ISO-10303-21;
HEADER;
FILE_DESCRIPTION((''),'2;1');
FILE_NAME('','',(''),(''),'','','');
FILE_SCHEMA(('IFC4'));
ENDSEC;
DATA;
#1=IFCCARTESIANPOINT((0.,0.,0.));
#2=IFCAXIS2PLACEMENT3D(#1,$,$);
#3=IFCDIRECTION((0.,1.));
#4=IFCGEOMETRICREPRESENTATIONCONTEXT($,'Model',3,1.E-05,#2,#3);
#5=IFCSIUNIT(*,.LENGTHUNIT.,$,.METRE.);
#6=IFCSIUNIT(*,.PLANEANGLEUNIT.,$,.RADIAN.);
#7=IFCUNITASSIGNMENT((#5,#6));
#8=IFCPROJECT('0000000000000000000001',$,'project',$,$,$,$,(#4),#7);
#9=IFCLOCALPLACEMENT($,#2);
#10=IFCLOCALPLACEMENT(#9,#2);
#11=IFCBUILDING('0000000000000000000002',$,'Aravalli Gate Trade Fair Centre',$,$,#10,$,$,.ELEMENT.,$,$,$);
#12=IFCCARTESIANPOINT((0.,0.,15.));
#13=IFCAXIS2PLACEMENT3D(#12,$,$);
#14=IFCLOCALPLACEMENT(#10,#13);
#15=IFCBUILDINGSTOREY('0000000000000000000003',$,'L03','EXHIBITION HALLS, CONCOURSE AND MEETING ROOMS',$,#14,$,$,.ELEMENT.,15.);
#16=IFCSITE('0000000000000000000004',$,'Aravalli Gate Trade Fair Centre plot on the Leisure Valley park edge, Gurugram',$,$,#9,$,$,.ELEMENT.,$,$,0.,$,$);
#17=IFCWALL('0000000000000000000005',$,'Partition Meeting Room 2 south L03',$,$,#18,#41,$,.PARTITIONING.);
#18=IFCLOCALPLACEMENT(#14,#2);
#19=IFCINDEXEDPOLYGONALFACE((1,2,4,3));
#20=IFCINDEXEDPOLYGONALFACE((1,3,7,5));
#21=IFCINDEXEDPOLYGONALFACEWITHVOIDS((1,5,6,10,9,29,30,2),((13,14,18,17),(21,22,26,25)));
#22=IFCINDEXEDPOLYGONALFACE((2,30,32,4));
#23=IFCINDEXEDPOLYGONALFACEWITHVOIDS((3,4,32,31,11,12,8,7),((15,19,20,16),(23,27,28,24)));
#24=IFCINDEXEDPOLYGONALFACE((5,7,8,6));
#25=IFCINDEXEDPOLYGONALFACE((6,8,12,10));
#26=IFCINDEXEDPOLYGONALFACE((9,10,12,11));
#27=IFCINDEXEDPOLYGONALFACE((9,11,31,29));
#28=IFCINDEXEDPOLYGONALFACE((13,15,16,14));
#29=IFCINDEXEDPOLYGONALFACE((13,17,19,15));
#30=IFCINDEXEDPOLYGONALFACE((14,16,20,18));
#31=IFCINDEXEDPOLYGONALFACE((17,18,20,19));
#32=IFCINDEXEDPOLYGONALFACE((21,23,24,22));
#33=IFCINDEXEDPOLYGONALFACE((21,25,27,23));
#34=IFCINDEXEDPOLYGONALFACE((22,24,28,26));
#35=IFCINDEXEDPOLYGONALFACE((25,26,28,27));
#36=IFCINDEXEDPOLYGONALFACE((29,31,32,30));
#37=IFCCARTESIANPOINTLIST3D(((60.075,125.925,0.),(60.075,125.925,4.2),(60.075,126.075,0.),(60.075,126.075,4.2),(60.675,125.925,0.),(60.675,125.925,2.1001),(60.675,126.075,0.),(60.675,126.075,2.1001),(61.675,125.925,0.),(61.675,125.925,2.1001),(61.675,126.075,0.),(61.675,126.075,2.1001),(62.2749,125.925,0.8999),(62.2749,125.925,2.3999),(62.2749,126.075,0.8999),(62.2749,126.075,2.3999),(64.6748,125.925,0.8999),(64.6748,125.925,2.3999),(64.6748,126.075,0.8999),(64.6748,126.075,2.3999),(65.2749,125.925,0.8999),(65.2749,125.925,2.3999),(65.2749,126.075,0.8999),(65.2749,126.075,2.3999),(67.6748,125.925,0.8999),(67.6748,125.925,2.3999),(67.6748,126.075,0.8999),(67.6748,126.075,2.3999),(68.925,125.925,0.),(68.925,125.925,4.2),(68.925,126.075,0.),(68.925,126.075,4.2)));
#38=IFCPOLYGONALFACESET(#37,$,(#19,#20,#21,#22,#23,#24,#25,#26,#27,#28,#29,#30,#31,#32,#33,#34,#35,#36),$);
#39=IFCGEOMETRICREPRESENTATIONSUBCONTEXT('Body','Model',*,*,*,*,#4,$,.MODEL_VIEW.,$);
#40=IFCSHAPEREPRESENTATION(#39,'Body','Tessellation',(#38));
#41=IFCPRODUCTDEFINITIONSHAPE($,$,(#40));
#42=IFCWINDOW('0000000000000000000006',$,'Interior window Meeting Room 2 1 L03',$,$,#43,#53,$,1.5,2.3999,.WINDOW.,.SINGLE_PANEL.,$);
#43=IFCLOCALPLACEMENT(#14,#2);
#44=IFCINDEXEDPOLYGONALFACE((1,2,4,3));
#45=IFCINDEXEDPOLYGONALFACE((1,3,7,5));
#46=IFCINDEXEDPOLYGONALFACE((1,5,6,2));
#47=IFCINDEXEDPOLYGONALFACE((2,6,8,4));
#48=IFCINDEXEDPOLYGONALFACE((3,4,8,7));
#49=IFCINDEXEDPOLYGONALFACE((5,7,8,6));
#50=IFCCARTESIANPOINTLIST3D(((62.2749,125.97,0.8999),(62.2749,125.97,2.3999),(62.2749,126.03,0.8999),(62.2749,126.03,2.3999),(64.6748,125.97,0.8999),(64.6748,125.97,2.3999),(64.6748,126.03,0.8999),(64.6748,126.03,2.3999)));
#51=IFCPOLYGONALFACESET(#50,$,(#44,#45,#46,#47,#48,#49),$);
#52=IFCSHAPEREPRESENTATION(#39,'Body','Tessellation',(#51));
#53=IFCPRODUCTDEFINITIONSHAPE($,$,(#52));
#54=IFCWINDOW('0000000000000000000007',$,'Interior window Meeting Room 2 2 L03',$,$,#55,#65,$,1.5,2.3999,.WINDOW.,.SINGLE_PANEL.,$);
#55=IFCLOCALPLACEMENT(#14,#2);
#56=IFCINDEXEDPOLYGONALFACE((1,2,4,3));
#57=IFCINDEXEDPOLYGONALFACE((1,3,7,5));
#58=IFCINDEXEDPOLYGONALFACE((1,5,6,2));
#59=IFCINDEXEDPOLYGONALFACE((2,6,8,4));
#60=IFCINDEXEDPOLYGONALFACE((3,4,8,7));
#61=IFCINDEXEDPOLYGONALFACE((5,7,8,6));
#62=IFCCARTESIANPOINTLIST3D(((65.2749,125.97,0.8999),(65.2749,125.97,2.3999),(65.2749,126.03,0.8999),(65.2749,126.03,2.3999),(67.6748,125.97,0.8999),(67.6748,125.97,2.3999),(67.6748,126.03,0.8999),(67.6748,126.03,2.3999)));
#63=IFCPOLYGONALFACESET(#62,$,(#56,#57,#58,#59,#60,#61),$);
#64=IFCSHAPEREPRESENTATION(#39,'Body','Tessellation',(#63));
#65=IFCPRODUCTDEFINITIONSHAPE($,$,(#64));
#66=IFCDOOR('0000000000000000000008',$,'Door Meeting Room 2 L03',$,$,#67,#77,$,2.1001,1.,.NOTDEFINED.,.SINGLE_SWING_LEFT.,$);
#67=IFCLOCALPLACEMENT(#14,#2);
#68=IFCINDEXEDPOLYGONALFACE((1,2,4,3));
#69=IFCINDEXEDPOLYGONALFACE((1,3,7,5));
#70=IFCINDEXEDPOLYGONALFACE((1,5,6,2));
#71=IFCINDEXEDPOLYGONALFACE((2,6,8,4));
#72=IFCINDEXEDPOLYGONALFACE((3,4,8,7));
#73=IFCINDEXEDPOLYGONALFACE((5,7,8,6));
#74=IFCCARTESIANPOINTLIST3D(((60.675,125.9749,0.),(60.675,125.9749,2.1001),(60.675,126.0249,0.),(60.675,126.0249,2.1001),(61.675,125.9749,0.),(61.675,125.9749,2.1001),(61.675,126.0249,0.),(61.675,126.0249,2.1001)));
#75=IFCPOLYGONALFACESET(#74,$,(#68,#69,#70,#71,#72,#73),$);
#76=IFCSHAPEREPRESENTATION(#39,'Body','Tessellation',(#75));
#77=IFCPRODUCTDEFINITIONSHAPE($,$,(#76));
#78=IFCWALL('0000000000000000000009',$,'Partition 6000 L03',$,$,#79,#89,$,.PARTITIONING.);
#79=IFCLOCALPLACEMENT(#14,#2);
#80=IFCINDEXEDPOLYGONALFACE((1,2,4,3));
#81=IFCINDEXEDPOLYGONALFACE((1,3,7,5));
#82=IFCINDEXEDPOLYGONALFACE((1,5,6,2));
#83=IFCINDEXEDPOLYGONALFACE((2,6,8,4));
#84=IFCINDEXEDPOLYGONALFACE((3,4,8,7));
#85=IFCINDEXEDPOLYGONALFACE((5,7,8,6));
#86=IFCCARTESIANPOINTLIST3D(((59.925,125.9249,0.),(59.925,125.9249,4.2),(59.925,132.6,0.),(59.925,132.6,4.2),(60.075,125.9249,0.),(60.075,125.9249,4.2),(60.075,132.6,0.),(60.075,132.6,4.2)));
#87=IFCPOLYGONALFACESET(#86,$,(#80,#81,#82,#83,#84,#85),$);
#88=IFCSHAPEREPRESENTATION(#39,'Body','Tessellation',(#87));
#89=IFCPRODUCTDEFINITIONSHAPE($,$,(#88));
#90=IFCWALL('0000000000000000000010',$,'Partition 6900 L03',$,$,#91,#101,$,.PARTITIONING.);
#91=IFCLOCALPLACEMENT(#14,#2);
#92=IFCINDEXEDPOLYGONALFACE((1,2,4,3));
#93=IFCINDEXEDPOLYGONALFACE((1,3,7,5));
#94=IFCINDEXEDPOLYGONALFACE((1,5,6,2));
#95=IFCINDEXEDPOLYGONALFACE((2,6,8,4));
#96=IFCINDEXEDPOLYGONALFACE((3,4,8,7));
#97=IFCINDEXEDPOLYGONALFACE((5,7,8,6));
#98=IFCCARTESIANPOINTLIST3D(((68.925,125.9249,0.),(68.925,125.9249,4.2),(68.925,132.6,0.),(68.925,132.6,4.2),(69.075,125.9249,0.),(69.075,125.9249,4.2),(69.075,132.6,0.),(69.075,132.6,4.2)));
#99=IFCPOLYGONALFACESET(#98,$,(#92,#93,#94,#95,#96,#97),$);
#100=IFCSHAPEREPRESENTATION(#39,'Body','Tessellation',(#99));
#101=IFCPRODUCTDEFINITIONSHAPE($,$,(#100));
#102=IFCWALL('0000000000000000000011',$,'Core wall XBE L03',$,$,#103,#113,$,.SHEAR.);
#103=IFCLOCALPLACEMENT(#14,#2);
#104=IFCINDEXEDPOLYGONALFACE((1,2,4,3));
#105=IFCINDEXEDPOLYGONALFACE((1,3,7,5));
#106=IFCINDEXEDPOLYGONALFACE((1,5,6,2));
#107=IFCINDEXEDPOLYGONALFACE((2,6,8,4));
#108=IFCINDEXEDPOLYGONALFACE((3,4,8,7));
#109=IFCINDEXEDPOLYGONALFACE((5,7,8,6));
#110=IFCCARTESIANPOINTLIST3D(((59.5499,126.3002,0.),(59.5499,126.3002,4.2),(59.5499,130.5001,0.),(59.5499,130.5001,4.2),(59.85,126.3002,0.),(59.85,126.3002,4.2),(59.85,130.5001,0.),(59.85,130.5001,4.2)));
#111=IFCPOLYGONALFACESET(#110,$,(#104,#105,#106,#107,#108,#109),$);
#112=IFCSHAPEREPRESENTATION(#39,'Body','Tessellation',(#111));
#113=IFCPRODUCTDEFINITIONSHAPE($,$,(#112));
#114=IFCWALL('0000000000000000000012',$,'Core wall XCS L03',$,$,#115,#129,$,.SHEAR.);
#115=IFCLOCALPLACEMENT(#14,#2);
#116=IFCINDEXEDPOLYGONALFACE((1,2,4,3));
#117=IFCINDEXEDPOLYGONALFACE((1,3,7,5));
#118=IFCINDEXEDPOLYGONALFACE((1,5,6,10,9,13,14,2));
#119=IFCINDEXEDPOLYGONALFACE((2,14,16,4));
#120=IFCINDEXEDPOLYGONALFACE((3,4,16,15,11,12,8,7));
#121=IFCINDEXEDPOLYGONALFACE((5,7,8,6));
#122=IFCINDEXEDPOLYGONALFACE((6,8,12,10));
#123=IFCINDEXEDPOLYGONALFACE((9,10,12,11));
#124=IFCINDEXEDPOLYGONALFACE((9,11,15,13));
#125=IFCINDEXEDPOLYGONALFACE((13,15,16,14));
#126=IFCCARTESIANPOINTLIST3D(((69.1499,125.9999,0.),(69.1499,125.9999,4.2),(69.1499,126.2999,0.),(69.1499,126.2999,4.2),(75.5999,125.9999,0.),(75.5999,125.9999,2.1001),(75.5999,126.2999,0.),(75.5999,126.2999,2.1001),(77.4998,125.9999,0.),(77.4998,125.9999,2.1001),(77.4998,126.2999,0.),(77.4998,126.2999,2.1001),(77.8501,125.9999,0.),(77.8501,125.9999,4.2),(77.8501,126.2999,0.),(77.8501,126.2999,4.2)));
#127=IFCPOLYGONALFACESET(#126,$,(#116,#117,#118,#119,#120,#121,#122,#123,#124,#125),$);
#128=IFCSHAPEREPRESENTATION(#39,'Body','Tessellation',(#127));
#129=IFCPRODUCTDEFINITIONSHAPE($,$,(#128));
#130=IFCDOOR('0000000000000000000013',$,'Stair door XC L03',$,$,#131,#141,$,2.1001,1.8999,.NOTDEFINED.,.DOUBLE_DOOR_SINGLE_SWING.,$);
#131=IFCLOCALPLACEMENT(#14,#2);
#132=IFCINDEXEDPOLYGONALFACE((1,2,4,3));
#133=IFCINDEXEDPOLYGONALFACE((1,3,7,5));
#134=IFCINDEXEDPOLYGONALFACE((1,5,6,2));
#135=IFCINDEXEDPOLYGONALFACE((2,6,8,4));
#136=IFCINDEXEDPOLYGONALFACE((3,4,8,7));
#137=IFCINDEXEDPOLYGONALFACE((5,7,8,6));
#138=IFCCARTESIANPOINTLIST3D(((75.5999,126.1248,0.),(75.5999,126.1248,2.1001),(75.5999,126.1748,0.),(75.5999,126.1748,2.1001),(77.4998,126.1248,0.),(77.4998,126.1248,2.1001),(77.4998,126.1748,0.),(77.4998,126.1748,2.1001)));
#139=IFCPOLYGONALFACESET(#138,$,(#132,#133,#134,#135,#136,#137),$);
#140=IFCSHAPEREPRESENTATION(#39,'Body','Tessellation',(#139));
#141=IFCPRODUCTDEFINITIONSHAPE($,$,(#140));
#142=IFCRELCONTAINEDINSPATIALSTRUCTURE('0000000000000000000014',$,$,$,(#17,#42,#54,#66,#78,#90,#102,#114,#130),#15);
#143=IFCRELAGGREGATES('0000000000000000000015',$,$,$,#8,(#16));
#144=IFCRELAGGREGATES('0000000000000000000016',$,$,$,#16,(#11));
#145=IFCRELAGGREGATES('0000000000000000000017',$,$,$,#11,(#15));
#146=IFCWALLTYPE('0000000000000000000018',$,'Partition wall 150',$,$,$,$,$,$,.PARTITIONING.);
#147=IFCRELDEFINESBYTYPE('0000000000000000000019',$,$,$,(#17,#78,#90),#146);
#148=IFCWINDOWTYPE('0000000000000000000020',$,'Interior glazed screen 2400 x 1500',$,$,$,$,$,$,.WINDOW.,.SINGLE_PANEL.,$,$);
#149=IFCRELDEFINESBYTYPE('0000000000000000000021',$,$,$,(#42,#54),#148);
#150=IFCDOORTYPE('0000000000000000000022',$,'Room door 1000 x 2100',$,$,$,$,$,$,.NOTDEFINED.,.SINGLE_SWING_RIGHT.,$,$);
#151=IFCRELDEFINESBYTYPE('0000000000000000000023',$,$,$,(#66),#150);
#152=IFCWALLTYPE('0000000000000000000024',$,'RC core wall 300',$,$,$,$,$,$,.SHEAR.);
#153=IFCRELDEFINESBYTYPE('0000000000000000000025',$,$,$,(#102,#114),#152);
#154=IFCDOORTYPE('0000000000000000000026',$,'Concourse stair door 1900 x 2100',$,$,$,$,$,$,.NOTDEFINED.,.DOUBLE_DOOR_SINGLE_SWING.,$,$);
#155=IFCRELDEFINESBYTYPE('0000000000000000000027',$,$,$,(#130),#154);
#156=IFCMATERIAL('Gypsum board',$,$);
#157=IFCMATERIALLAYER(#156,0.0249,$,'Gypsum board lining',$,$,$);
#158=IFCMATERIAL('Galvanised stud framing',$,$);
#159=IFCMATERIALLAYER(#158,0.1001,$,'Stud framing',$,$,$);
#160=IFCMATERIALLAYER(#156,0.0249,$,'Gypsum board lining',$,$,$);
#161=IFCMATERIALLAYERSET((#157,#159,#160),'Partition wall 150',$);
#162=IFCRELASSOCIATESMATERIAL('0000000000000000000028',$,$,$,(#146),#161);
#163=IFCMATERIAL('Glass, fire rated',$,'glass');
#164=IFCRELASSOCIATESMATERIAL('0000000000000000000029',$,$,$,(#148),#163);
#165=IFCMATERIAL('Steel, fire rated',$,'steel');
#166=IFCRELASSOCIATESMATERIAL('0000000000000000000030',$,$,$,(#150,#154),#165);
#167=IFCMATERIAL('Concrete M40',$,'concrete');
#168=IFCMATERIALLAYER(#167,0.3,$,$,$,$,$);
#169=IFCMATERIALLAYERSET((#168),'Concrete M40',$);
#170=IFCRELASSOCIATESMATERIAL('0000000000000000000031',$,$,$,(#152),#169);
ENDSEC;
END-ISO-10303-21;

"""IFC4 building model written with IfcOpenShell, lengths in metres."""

from ifc_helpers import new_model, si_unit, direction, frame, frame_2d, origin, place, context, subcontext, project, spatial, rectangle, extrude, material, layer, layer_set, type_object, element, fill, save


model = new_model("IFC4")

# Units and contexts
model_context = context("Model", 3, precision=1e-05, world=origin(), true_north=direction((0.0, 1.0)))
body_context = subcontext(model_context, "Body", "Model", "MODEL_VIEW")
ifc_project = project(units=[si_unit("LENGTHUNIT", "METRE"), si_unit("PLANEANGLEUNIT", "RADIAN")], contexts=[model_context])

# Site, building, storey
site_placement = place(None, origin())
site = spatial("IfcSite", under=ifc_project, at=site_placement, Name="Aravalli Gate Trade Fair Centre plot on the Leisure Valley park edge, Gurugram", CompositionType="ELEMENT", RefElevation=0.0)
building_placement = place(site_placement, origin())
building = spatial("IfcBuilding", under=site, at=building_placement, Name="Aravalli Gate Trade Fair Centre", CompositionType="ELEMENT")
storey_placement = place(building_placement, frame((0.0, 0.0, 15.0)))
storey = spatial("IfcBuildingStorey", under=building, at=storey_placement, Name="L03", Description="EXHIBITION HALLS, CONCOURSE AND MEETING ROOMS", CompositionType="ELEMENT", Elevation=15.0)

# Shared definitions
ifc_material_1 = material(Name="Concrete M40", Category="concrete")

# Wall, openings, windows, door
ifc_material_2 = material(Name="Gypsum board")
ifc_layer_1 = layer(ifc_material_2, 0.0249, Name="Gypsum board lining")
ifc_material_3 = material(Name="Galvanised stud framing")
ifc_layer_2 = layer(ifc_material_3, 0.1001, Name="Stud framing")
ifc_layer_3 = layer(ifc_material_2, 0.0249, Name="Gypsum board lining")
ifc_layer_set_1 = layer_set([ifc_layer_1, ifc_layer_2, ifc_layer_3], Name="Partition wall 150")
wall_type_1 = type_object("IfcWallType", Name="Partition wall 150", PredefinedType="PARTITIONING", material=ifc_layer_set_1)
wall_1_placement = place(storey_placement, frame((60.075, 126.0, 0.0), z_axis=(0.0, 0.0, 1.0), x_axis=(1.0, 0.0, 0.0)))
wall_1 = element("IfcWall", 1, at=wall_1_placement, inside=storey, type_object=wall_type_1, Name="Partition Meeting Room 2 south L03", PredefinedType="PARTITIONING", context=body_context, shape_type="SweptSolid", body=[
    extrude(rectangle(XDim=8.8501, YDim=0.1499, at=frame_2d((4.425, 0.0))), origin(), (0.0, 0.0, 1.0), 4.2),
])
opening_1_placement = place(wall_1_placement, frame((0.6001, 0.0, 0.0)))
opening_1 = element("IfcOpeningElement", 2, at=opening_1_placement, cuts=wall_1, PredefinedType="OPENING", context=body_context, shape_type="SweptSolid", body=[
    extrude(rectangle(XDim=1.0, YDim=2.1001, at=frame_2d((0.5, 1.05))), frame((0.0, 0.085, 0.0), z_axis=(0.0, -1.0, 0.0), x_axis=(1.0, 0.0, 0.0)), (0.0, 0.0, 1.0), 0.1699),
])
opening_2_placement = place(wall_1_placement, frame((2.2, 0.0, 0.8999)))
opening_2 = element("IfcOpeningElement", 3, at=opening_2_placement, cuts=wall_1, PredefinedType="OPENING", context=body_context, shape_type="SweptSolid", body=[
    extrude(rectangle(XDim=2.3999, YDim=1.5, at=frame_2d((1.2, 0.75))), frame((0.0, 0.085, 0.0), z_axis=(0.0, -1.0, 0.0), x_axis=(1.0, 0.0, 0.0)), (0.0, 0.0, 1.0), 0.1699),
])
opening_3_placement = place(wall_1_placement, frame((5.2, 0.0, 0.8999)))
opening_3 = element("IfcOpeningElement", 4, at=opening_3_placement, cuts=wall_1, PredefinedType="OPENING", context=body_context, shape_type="SweptSolid", body=[
    extrude(rectangle(XDim=2.3999, YDim=1.5, at=frame_2d((1.2, 0.75))), frame((0.0, 0.085, 0.0), z_axis=(0.0, -1.0, 0.0), x_axis=(1.0, 0.0, 0.0)), (0.0, 0.0, 1.0), 0.1699),
])
ifc_material_4 = material(Name="Glass, fire rated", Category="glass")
window_type = type_object("IfcWindowType", Name="Interior glazed screen 2400 x 1500", PartitioningType="SINGLE_PANEL", PredefinedType="WINDOW", material=ifc_material_4)
window_1_placement = place(opening_2_placement, origin())
window_1 = element("IfcWindow", 5, at=window_1_placement, inside=storey, type_object=window_type, Name="Interior window Meeting Room 2 1 L03", OverallHeight=1.5, OverallWidth=2.3999, PartitioningType="SINGLE_PANEL", PredefinedType="WINDOW", context=body_context, shape_type="SweptSolid", body=[
    extrude(rectangle(XDim=2.3999, YDim=1.5, at=frame_2d((1.2, 0.75))), frame((0.0, 0.03, 0.0), z_axis=(0.0, -1.0, 0.0), x_axis=(1.0, 0.0, 0.0)), (0.0, 0.0, 1.0), 0.0601),
])
fill(opening_2, window_1)
window_2_placement = place(opening_3_placement, origin())
window_2 = element("IfcWindow", 6, at=window_2_placement, inside=storey, type_object=window_type, Name="Interior window Meeting Room 2 2 L03", OverallHeight=1.5, OverallWidth=2.3999, PartitioningType="SINGLE_PANEL", PredefinedType="WINDOW", context=body_context, shape_type="SweptSolid", body=[
    extrude(rectangle(XDim=2.3999, YDim=1.5, at=frame_2d((1.2, 0.75))), frame((0.0, 0.03, 0.0), z_axis=(0.0, -1.0, 0.0), x_axis=(1.0, 0.0, 0.0)), (0.0, 0.0, 1.0), 0.0601),
])
fill(opening_3, window_2)
ifc_material_5 = material(Name="Steel, fire rated", Category="steel")
door_type_1 = type_object("IfcDoorType", Name="Room door 1000 x 2100", OperationType="SINGLE_SWING_RIGHT", PredefinedType="NOTDEFINED", material=ifc_material_5)
door_1_placement = place(opening_1_placement, origin())
door_1 = element("IfcDoor", 7, at=door_1_placement, inside=storey, type_object=door_type_1, Name="Door Meeting Room 2 L03", OperationType="SINGLE_SWING_LEFT", OverallHeight=2.1001, OverallWidth=1.0, PredefinedType="NOTDEFINED", context=body_context, shape_type="SweptSolid", body=[
    extrude(rectangle(XDim=1.0, YDim=2.1001, at=frame_2d((0.5, 1.05))), frame((0.0, 0.0249, 0.0), z_axis=(0.0, -1.0, 0.0), x_axis=(1.0, 0.0, 0.0)), (0.0, 0.0, 1.0), 0.05),
])
fill(opening_1, door_1)

# Walls
for number, where, z_axis, x_axis, name in (
    (8, (60.0, 125.925, 0.0), (0.0, 0.0, 1.0), (0.0, 1.0, 0.0), "Partition 6000 L03"),
    (9, (69.0, 125.925, 0.0), (0.0, 0.0, 1.0), (0.0, 1.0, 0.0), "Partition 6900 L03"),
):
    element("IfcWall", number, at=place(storey_placement, frame(where, z_axis=z_axis, x_axis=x_axis)), inside=storey, type_object=wall_type_1, Name=name, PredefinedType="PARTITIONING", context=body_context, shape_type="SweptSolid", body=[
        extrude(rectangle(XDim=6.675, YDim=0.1499, at=frame_2d((3.3374, 0.0))), origin(), (0.0, 0.0, 1.0), 4.2),
    ])
ifc_layer_4 = layer(ifc_material_1, 0.3)
ifc_layer_set_2 = layer_set([ifc_layer_4], Name="Concrete M40")
wall_type_2 = type_object("IfcWallType", Name="RC core wall 300", PredefinedType="SHEAR", material=ifc_layer_set_2)
wall_2_placement = place(storey_placement, frame((59.7, 126.3, 0.0), z_axis=(0.0, 0.0, 1.0), x_axis=(0.0, 1.0, 0.0)))
element("IfcWall", 10, at=wall_2_placement, inside=storey, type_object=wall_type_2, Name="Core wall XBE L03", PredefinedType="SHEAR", context=body_context, shape_type="SweptSolid", body=[
    extrude(rectangle(XDim=4.2, YDim=0.3, at=frame_2d((2.1001, 0.0))), origin(), (0.0, 0.0, 1.0), 4.2),
])

# Wall, opening, door
wall_3_placement = place(storey_placement, frame((69.1499, 126.1499, 0.0), z_axis=(0.0, 0.0, 1.0), x_axis=(1.0, 0.0, 0.0)))
wall_3 = element("IfcWall", 11, at=wall_3_placement, inside=storey, type_object=wall_type_2, Name="Core wall XCS L03", PredefinedType="SHEAR", context=body_context, shape_type="SweptSolid", body=[
    extrude(rectangle(XDim=8.7002, YDim=0.3, at=frame_2d((4.3501, 0.0))), origin(), (0.0, 0.0, 1.0), 4.2),
])
opening_4_placement = place(wall_3_placement, frame((6.45, 0.0, 0.0)))
opening_4 = element("IfcOpeningElement", 12, at=opening_4_placement, cuts=wall_3, PredefinedType="OPENING", context=body_context, shape_type="SweptSolid", body=[
    extrude(rectangle(XDim=1.8999, YDim=2.1001, at=frame_2d((0.95, 1.05))), frame((0.0, 0.1599, 0.0), z_axis=(0.0, -1.0, 0.0), x_axis=(1.0, 0.0, 0.0)), (0.0, 0.0, 1.0), 0.3201),
])
door_type_2 = type_object("IfcDoorType", Name="Concourse stair door 1900 x 2100", OperationType="DOUBLE_DOOR_SINGLE_SWING", PredefinedType="NOTDEFINED", material=ifc_material_5)
door_2_placement = place(opening_4_placement, origin())
door_2 = element("IfcDoor", 13, at=door_2_placement, inside=storey, type_object=door_type_2, Name="Stair door XC L03", OperationType="DOUBLE_DOOR_SINGLE_SWING", OverallHeight=2.1001, OverallWidth=1.8999, PredefinedType="NOTDEFINED", context=body_context, shape_type="SweptSolid", body=[
    extrude(rectangle(XDim=1.8999, YDim=2.1001, at=frame_2d((0.95, 1.05))), frame((0.0, 0.0249, 0.0), z_axis=(0.0, -1.0, 0.0), x_axis=(1.0, 0.0, 0.0)), (0.0, 0.0, 1.0), 0.05),
])
fill(opening_4, door_2)

save(model, "model.ifc")
